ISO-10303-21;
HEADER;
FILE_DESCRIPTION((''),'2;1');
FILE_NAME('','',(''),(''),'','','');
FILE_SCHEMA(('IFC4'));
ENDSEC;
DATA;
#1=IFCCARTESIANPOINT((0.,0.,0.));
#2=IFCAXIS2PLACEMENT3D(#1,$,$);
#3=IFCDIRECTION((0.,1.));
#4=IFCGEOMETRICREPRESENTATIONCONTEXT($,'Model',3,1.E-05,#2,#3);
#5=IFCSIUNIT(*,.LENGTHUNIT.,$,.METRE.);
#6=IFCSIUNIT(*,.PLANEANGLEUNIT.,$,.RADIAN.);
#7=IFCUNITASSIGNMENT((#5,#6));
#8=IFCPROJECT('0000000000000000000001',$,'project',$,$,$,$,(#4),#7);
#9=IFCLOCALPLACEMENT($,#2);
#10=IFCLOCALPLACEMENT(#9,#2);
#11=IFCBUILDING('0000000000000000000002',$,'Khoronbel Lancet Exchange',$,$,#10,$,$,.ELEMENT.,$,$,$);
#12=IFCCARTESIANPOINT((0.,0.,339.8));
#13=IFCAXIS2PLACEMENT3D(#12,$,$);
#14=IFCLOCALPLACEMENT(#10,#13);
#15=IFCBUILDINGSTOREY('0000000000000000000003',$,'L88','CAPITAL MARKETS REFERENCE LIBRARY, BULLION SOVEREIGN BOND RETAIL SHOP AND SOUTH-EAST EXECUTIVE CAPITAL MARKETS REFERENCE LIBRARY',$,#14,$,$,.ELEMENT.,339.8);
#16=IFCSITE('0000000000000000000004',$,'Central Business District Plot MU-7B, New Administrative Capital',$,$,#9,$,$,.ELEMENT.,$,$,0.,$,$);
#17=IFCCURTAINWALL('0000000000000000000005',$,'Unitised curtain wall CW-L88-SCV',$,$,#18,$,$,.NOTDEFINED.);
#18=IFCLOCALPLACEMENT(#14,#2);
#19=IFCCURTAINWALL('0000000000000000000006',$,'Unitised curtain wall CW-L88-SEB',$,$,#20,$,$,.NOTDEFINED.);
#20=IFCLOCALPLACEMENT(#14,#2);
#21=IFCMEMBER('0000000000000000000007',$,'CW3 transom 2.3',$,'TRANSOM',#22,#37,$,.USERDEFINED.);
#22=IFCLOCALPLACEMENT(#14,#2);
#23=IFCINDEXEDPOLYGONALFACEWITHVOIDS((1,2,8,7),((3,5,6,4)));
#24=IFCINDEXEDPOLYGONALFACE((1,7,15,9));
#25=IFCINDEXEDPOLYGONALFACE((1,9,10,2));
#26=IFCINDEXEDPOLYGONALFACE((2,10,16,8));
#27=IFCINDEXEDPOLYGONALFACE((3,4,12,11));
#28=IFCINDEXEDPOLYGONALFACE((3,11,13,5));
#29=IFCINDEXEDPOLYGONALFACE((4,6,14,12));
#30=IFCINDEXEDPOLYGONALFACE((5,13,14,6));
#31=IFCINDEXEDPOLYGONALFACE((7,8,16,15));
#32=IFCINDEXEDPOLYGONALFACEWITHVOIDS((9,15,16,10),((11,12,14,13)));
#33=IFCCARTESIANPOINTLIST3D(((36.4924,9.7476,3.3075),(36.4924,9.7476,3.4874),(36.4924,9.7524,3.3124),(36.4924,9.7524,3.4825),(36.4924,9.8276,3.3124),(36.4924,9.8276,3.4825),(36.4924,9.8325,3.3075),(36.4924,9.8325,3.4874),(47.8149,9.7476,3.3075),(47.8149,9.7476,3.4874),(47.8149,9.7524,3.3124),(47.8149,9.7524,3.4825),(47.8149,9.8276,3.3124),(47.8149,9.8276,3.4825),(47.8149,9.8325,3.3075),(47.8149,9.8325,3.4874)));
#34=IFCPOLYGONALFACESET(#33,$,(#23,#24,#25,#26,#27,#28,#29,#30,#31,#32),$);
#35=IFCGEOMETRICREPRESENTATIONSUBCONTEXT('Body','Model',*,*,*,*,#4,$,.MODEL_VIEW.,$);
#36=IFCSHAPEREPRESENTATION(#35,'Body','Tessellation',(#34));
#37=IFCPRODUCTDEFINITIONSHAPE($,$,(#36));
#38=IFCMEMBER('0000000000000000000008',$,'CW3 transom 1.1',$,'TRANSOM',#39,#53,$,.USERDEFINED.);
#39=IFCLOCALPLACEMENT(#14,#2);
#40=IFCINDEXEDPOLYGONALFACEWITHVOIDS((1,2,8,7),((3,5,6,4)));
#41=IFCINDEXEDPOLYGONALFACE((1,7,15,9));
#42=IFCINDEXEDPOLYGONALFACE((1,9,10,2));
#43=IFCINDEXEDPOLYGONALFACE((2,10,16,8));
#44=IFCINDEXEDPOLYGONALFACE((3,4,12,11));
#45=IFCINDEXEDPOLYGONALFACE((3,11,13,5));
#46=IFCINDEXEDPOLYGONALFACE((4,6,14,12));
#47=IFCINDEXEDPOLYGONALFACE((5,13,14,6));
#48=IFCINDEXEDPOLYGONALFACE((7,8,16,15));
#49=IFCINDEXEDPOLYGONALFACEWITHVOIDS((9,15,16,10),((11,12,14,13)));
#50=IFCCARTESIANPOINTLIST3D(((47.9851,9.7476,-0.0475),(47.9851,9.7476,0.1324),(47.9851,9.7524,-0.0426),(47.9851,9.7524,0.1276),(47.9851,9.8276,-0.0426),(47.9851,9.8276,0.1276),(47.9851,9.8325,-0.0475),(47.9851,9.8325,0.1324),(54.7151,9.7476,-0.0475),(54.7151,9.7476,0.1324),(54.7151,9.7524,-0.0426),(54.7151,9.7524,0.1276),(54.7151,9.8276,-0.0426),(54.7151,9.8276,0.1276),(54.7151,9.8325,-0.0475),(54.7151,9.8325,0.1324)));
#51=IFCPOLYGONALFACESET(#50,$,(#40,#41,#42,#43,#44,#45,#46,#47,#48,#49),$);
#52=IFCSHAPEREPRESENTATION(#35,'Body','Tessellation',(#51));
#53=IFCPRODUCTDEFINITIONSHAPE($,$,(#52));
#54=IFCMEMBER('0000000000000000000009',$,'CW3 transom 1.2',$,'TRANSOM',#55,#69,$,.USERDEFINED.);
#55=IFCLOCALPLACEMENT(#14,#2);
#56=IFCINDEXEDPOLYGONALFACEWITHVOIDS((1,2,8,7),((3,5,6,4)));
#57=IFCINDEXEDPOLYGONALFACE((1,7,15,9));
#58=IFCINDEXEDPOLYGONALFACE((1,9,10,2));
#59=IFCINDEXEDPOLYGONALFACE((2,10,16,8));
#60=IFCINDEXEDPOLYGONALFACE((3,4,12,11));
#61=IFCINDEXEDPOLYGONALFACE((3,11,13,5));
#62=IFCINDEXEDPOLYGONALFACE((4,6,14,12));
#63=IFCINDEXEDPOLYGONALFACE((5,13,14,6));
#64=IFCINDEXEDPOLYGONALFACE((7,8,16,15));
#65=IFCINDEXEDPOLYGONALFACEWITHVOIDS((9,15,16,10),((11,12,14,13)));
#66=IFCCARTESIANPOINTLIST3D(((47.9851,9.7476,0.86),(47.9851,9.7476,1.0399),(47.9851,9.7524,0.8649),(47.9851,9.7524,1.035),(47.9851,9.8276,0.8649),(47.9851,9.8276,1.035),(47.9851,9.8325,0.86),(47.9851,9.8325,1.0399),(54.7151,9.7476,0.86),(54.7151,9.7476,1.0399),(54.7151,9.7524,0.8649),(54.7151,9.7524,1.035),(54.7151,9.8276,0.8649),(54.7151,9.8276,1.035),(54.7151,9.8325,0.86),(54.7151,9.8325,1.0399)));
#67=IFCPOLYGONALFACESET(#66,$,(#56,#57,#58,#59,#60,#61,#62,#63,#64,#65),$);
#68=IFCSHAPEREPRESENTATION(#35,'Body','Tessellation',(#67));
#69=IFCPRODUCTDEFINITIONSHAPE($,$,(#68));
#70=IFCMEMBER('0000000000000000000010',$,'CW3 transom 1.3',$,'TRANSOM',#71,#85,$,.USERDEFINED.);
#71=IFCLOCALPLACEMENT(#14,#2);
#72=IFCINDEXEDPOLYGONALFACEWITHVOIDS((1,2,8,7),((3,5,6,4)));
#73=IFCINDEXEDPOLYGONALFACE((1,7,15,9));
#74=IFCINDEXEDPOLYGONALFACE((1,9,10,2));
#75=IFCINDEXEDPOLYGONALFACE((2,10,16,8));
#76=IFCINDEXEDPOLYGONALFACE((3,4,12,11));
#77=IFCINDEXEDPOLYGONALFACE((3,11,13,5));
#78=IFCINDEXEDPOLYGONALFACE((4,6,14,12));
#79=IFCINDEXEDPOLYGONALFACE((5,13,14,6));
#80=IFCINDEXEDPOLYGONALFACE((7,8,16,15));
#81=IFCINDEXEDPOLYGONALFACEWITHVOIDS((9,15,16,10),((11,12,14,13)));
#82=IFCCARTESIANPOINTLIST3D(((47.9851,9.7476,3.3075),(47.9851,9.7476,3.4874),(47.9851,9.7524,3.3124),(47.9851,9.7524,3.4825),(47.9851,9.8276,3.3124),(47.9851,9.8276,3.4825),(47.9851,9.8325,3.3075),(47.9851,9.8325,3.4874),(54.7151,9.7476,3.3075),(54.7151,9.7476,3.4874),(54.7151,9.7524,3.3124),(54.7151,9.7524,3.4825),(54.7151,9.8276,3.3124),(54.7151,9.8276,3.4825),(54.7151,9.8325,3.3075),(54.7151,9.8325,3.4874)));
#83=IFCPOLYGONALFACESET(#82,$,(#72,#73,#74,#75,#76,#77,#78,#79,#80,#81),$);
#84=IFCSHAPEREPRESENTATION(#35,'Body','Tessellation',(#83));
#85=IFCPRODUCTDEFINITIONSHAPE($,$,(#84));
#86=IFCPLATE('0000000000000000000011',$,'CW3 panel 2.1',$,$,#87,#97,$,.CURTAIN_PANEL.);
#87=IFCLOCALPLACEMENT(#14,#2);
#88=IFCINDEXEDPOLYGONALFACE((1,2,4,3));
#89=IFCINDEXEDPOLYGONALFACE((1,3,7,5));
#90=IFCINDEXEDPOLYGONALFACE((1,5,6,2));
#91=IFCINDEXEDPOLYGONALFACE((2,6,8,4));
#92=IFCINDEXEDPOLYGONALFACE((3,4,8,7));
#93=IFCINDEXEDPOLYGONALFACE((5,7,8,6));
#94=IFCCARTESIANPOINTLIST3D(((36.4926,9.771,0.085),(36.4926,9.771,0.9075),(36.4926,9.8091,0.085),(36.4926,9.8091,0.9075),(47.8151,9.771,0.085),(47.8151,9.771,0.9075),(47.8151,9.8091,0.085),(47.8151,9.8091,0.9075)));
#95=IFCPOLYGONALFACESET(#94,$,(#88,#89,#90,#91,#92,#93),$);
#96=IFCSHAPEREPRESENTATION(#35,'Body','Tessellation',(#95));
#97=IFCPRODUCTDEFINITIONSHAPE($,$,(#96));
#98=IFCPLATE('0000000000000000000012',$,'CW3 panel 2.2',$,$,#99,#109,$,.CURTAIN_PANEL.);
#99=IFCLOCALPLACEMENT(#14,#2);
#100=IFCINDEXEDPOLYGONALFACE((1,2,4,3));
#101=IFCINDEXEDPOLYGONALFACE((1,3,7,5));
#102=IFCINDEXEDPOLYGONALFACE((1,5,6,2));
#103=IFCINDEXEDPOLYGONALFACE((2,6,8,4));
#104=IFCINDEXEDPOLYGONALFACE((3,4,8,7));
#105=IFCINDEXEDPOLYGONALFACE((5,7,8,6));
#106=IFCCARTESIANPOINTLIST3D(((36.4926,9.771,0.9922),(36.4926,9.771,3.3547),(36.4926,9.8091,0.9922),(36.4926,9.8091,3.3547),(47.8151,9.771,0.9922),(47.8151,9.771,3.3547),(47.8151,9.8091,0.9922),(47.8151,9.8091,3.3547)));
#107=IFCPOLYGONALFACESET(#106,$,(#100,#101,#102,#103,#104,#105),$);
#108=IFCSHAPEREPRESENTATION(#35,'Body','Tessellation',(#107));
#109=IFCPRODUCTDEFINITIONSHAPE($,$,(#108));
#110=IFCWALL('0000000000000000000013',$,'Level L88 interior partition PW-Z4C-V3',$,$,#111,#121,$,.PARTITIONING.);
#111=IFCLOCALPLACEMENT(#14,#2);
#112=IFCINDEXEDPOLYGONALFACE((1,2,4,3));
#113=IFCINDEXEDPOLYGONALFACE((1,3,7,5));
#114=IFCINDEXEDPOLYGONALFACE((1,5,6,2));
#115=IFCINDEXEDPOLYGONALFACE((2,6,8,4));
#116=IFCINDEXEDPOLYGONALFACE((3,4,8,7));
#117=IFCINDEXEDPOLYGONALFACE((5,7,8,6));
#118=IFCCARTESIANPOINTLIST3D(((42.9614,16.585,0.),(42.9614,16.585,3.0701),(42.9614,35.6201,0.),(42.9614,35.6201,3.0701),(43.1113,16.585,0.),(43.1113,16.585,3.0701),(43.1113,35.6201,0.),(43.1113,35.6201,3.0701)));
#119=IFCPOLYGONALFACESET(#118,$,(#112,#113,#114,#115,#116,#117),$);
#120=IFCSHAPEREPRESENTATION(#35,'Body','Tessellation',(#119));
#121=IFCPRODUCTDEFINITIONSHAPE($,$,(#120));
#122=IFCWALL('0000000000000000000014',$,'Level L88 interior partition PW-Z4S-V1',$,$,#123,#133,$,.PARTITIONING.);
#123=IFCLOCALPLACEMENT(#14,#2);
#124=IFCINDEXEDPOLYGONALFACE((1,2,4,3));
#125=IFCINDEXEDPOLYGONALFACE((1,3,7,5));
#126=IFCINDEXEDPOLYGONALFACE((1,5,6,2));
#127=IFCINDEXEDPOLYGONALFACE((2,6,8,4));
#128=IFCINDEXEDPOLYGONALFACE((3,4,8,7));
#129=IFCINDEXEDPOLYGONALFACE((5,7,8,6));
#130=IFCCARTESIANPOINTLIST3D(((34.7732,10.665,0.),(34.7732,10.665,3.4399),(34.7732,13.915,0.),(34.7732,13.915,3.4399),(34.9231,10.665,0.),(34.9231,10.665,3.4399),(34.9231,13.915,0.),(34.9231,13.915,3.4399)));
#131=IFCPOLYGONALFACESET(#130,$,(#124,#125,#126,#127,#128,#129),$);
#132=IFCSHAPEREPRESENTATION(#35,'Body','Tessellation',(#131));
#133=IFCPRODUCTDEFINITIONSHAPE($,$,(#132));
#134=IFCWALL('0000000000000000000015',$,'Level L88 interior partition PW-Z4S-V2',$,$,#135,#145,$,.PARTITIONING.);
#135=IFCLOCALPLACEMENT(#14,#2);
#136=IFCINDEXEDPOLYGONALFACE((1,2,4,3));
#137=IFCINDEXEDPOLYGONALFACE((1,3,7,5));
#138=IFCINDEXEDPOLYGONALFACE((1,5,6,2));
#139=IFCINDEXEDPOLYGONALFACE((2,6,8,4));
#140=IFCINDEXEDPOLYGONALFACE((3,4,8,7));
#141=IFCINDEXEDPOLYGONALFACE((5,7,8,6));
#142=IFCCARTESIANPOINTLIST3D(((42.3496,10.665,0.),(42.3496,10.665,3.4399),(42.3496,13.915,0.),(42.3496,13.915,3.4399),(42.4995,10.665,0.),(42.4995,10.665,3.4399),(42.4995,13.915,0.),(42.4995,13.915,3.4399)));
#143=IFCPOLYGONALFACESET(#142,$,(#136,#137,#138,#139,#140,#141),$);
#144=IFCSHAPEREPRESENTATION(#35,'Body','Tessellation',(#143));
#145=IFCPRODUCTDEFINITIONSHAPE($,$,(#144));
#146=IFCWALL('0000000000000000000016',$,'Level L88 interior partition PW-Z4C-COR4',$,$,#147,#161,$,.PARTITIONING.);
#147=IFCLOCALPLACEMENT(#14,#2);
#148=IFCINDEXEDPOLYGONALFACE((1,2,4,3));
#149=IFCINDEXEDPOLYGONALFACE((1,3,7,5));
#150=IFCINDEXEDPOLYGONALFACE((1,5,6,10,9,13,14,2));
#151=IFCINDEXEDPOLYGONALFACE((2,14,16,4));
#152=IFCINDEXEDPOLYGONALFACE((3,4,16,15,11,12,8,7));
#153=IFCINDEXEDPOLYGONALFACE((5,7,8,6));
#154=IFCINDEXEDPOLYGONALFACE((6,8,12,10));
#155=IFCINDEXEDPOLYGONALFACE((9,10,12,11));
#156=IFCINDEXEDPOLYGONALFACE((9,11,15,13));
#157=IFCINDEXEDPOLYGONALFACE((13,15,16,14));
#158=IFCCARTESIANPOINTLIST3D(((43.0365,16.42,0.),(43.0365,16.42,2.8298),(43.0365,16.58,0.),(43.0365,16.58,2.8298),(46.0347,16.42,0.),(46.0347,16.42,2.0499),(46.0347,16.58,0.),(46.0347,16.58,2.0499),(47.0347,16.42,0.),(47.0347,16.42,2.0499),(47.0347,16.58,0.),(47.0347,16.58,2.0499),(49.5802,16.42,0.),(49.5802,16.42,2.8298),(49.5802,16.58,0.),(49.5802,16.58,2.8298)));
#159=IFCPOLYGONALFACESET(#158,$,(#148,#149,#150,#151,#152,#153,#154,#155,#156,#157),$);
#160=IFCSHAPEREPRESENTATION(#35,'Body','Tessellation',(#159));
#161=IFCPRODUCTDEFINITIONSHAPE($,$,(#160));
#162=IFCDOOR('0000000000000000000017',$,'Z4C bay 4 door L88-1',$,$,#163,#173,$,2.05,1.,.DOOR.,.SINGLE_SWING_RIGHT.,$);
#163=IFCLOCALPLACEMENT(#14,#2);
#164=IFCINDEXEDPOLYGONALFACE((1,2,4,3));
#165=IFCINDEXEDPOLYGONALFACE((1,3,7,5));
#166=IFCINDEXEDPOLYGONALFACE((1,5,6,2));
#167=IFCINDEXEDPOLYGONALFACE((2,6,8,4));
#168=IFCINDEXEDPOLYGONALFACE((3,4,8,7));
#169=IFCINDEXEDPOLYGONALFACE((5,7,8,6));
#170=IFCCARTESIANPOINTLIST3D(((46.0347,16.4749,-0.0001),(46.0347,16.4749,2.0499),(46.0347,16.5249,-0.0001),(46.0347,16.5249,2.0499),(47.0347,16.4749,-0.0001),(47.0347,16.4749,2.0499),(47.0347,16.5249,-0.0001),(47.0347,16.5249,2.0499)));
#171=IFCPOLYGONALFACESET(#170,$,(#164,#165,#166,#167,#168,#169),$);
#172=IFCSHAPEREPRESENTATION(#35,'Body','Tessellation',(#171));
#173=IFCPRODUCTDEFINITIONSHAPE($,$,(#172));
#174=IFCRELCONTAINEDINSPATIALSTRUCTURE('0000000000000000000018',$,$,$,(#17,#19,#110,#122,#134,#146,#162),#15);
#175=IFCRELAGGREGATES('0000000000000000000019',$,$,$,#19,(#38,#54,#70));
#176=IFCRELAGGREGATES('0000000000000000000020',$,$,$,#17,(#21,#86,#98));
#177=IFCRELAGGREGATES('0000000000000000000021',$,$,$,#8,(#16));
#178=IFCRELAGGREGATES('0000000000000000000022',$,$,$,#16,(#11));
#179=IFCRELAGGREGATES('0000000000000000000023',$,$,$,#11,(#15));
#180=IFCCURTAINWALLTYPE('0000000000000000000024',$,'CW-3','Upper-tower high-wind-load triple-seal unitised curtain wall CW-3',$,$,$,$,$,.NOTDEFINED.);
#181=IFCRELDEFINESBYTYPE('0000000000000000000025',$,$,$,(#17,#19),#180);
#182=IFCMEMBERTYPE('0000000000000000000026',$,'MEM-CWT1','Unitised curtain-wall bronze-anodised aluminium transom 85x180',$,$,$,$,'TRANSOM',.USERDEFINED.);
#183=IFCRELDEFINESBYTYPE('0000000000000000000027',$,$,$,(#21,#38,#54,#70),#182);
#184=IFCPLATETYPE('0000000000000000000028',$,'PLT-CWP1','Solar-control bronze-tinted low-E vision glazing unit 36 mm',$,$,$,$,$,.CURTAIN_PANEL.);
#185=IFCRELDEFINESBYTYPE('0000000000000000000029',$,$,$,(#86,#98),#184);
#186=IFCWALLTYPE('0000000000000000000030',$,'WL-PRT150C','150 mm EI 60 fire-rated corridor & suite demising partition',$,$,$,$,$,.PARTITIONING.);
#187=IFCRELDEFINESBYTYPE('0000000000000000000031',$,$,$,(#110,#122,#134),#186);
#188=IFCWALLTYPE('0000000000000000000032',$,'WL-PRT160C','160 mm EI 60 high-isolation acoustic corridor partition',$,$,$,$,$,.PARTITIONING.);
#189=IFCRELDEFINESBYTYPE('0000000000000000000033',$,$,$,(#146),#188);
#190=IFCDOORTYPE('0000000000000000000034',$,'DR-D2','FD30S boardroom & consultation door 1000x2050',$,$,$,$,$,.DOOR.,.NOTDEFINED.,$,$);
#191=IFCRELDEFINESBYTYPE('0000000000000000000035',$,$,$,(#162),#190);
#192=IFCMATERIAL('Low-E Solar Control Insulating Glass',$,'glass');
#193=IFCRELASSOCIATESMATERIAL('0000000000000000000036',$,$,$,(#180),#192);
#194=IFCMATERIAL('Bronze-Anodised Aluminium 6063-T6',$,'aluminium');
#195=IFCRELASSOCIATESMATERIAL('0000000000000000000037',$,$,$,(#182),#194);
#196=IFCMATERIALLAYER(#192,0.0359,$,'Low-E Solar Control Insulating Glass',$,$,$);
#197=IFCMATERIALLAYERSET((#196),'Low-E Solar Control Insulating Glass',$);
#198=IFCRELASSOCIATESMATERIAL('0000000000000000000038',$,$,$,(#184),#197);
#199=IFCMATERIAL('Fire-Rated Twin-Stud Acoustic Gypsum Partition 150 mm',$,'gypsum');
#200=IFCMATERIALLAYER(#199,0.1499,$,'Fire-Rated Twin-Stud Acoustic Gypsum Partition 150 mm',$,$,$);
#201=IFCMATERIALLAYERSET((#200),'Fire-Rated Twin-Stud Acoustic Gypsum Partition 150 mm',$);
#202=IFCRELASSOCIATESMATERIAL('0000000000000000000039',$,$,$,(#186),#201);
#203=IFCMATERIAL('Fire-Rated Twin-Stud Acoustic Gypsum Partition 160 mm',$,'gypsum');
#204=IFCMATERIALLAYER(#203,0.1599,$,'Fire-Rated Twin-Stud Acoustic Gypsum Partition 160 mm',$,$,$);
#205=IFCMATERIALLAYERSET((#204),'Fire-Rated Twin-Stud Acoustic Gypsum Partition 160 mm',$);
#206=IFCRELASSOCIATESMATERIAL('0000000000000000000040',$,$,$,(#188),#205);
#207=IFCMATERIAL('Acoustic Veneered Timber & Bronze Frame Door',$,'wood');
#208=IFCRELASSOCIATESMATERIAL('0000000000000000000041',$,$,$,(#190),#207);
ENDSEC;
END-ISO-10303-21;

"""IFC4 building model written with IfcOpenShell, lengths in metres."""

from ifc_helpers import new_model, si_unit, direction, frame, frame_2d, origin, origin_2d, place, context, subcontext, project, spatial, rectangle, hollow_rectangle, extrude, material, layer, layer_set, material_profile, profile_set, type_object, element, fill, aggregate, save


model = new_model("IFC4")

# Units and contexts
model_context = context("Model", 3, precision=1e-05, world=origin(), true_north=direction((0.0, 1.0)))
body_context = subcontext(model_context, "Body", "Model", "MODEL_VIEW")
ifc_project = project(units=[si_unit("LENGTHUNIT", "METRE"), si_unit("PLANEANGLEUNIT", "RADIAN")], contexts=[model_context])

# Site, building, storey
site_placement = place(None, origin())
site = spatial("IfcSite", under=ifc_project, at=site_placement, Name="Central Business District Plot MU-7B, New Administrative Capital", CompositionType="ELEMENT", RefElevation=0.0)
building_placement = place(site_placement, origin())
building = spatial("IfcBuilding", under=site, at=building_placement, Name="Khoronbel Lancet Exchange", CompositionType="ELEMENT")
storey_placement = place(building_placement, frame((0.0, 0.0, 339.8)))
storey = spatial("IfcBuildingStorey", under=building, at=storey_placement, Name="L88", Description="CAPITAL MARKETS REFERENCE LIBRARY, BULLION SOVEREIGN BOND RETAIL SHOP AND SOUTH-EAST EXECUTIVE CAPITAL MARKETS REFERENCE LIBRARY", CompositionType="ELEMENT", Elevation=339.8)

# Curtain wall
ifc_material_1 = material(Name="Low-E Solar Control Insulating Glass", Category="glass")
curtain_wall_type = type_object("IfcCurtainWallType", Name="CW-3", Description="Upper-tower high-wind-load triple-seal unitised curtain wall CW-3", PredefinedType="NOTDEFINED", material=ifc_material_1)
curtain_wall_1_placement = place(storey_placement, origin())
curtain_wall_1 = element("IfcCurtainWall", 1, at=curtain_wall_1_placement, inside=storey, type_object=curtain_wall_type, Name="Unitised curtain wall CW-L88-SCV", PredefinedType="NOTDEFINED")
ifc_material_2 = material(Name="Bronze-Anodised Aluminium 6063-T6", Category="aluminium")

# Curtain wall
curtain_wall_2_placement = place(storey_placement, origin())
curtain_wall_2 = element("IfcCurtainWall", 2, at=curtain_wall_2_placement, inside=storey, type_object=curtain_wall_type, Name="Unitised curtain wall CW-L88-SEB", PredefinedType="NOTDEFINED")

# Members
ifc_material_profile_1 = material_profile(ifc_material_2, hollow_rectangle(XDim=0.085, YDim=0.1799, WallThickness=0.0049, at=origin_2d()), Name="ALU TRANSOM 85x180")
ifc_profile_set_1 = profile_set([ifc_material_profile_1], Name="Bronze-Anodised Aluminium 6063-T6")
member_type_1 = type_object("IfcMemberType", Name="MEM-CWT1", Description="Unitised curtain-wall bronze-anodised aluminium transom 85x180", ElementType="TRANSOM", PredefinedType="USERDEFINED", material=ifc_profile_set_1)
member_1_placement = place(storey_placement, frame((36.4924, 9.79, 3.3975), z_axis=(1.0, 0.0, 0.0), x_axis=(0.0, 1.0, 0.0)))
member_1 = element("IfcMember", 3, at=member_1_placement, type_object=member_type_1, Name="CW3 transom 2.3", ObjectType="TRANSOM", PredefinedType="USERDEFINED", context=body_context, shape_type="SweptSolid", body=[
    extrude(hollow_rectangle(XDim=0.085, YDim=0.1799, WallThickness=0.0049, at=origin_2d()), origin(), (0.0, 0.0, 1.0), 11.3225),
])
member_2_placement = place(storey_placement, frame((47.9851, 9.79, 0.0425), z_axis=(1.0, 0.0, 0.0), x_axis=(0.0, 1.0, 0.0)))
member_2 = element("IfcMember", 4, at=member_2_placement, type_object=member_type_1, Name="CW3 transom 1.1", ObjectType="TRANSOM", PredefinedType="USERDEFINED", context=body_context, shape_type="SweptSolid", body=[
    extrude(hollow_rectangle(XDim=0.085, YDim=0.1799, WallThickness=0.0049, at=origin_2d()), origin(), (0.0, 0.0, 1.0), 6.73),
])
member_3_placement = place(storey_placement, frame((47.9851, 9.79, 0.95), z_axis=(1.0, 0.0, 0.0), x_axis=(0.0, 1.0, 0.0)))
member_3 = element("IfcMember", 5, at=member_3_placement, type_object=member_type_1, Name="CW3 transom 1.2", ObjectType="TRANSOM", PredefinedType="USERDEFINED", context=body_context, shape_type="SweptSolid", body=[
    extrude(hollow_rectangle(XDim=0.085, YDim=0.1799, WallThickness=0.0049, at=origin_2d()), origin(), (0.0, 0.0, 1.0), 6.73),
])
member_4_placement = place(storey_placement, frame((47.9851, 9.79, 3.3975), z_axis=(1.0, 0.0, 0.0), x_axis=(0.0, 1.0, 0.0)))
member_4 = element("IfcMember", 6, at=member_4_placement, type_object=member_type_1, Name="CW3 transom 1.3", ObjectType="TRANSOM", PredefinedType="USERDEFINED", context=body_context, shape_type="SweptSolid", body=[
    extrude(hollow_rectangle(XDim=0.085, YDim=0.1799, WallThickness=0.0049, at=origin_2d()), origin(), (0.0, 0.0, 1.0), 6.73),
])
aggregate(curtain_wall_2, [member_2, member_3, member_4])

# Plates
ifc_layer_1 = layer(ifc_material_1, 0.0359, Name="Low-E Solar Control Insulating Glass")
ifc_layer_set_1 = layer_set([ifc_layer_1], Name="Low-E Solar Control Insulating Glass")
plate_type = type_object("IfcPlateType", Name="PLT-CWP1", Description="Solar-control bronze-tinted low-E vision glazing unit 36 mm", PredefinedType="CURTAIN_PANEL", material=ifc_layer_set_1)
plate_1_placement = place(storey_placement, frame((42.1538, 9.79, 0.085), z_axis=(0.0, 0.0, 1.0), x_axis=(1.0, 0.0, 0.0)))
plate_1 = element("IfcPlate", 7, at=plate_1_placement, type_object=plate_type, Name="CW3 panel 2.1", PredefinedType="CURTAIN_PANEL", context=body_context, shape_type="SweptSolid", body=[
    extrude(rectangle(XDim=11.3225, YDim=0.0381, at=origin_2d()), origin(), (0.0, 0.0, 1.0), 0.8225),
])
plate_2_placement = place(storey_placement, frame((42.1538, 9.79, 0.9922), z_axis=(0.0, 0.0, 1.0), x_axis=(1.0, 0.0, 0.0)))
plate_2 = element("IfcPlate", 8, at=plate_2_placement, type_object=plate_type, Name="CW3 panel 2.2", PredefinedType="CURTAIN_PANEL", context=body_context, shape_type="SweptSolid", body=[
    extrude(rectangle(XDim=11.3225, YDim=0.0381, at=origin_2d()), origin(), (0.0, 0.0, 1.0), 2.3625),
])
aggregate(curtain_wall_1, [member_1, plate_1, plate_2])

# Walls
ifc_material_3 = material(Name="Fire-Rated Twin-Stud Acoustic Gypsum Partition 150 mm", Category="gypsum")
ifc_layer_2 = layer(ifc_material_3, 0.1499, Name="Fire-Rated Twin-Stud Acoustic Gypsum Partition 150 mm")
ifc_layer_set_2 = layer_set([ifc_layer_2], Name="Fire-Rated Twin-Stud Acoustic Gypsum Partition 150 mm")
wall_type_1 = type_object("IfcWallType", Name="WL-PRT150C", Description="150 mm EI 60 fire-rated corridor & suite demising partition", PredefinedType="PARTITIONING", material=ifc_layer_set_2)
wall_1_placement = place(storey_placement, frame((43.0364, 16.585, 0.0), z_axis=(0.0, 0.0, 1.0), x_axis=(0.0, 1.0, 0.0)))
element("IfcWall", 9, at=wall_1_placement, inside=storey, type_object=wall_type_1, Name="Level L88 interior partition PW-Z4C-V3", PredefinedType="PARTITIONING", context=body_context, shape_type="SweptSolid", body=[
    extrude(rectangle(XDim=19.0352, YDim=0.1499, at=frame_2d((9.5176, 0.0))), origin(), (0.0, 0.0, 1.0), 3.0701),
])
for number, where, z_axis, x_axis, name in (
    (10, (34.8481, 10.665, 0.0), (0.0, 0.0, 1.0), (0.0, 1.0, 0.0), "Level L88 interior partition PW-Z4S-V1"),
    (11, (42.4246, 10.665, 0.0), (0.0, 0.0, 1.0), (0.0, 1.0, 0.0), "Level L88 interior partition PW-Z4S-V2"),
):
    element("IfcWall", number, at=place(storey_placement, frame(where, z_axis=z_axis, x_axis=x_axis)), inside=storey, type_object=wall_type_1, Name=name, PredefinedType="PARTITIONING", context=body_context, shape_type="SweptSolid", body=[
        extrude(rectangle(XDim=3.25, YDim=0.1499, at=frame_2d((1.625, 0.0))), origin(), (0.0, 0.0, 1.0), 3.4399),
    ])

# Wall, opening, door
ifc_material_4 = material(Name="Fire-Rated Twin-Stud Acoustic Gypsum Partition 160 mm", Category="gypsum")
ifc_layer_3 = layer(ifc_material_4, 0.1599, Name="Fire-Rated Twin-Stud Acoustic Gypsum Partition 160 mm")
ifc_layer_set_3 = layer_set([ifc_layer_3], Name="Fire-Rated Twin-Stud Acoustic Gypsum Partition 160 mm")
wall_type_2 = type_object("IfcWallType", Name="WL-PRT160C", Description="160 mm EI 60 high-isolation acoustic corridor partition", PredefinedType="PARTITIONING", material=ifc_layer_set_3)
wall_2_placement = place(storey_placement, frame((43.0364, 16.5, 0.0), z_axis=(0.0, 0.0, 1.0), x_axis=(1.0, 0.0, 0.0)))
wall_2 = element("IfcWall", 12, at=wall_2_placement, inside=storey, type_object=wall_type_2, Name="Level L88 interior partition PW-Z4C-COR4", PredefinedType="PARTITIONING", context=body_context, shape_type="SweptSolid", body=[
    extrude(rectangle(XDim=6.5437, YDim=0.1599, at=frame_2d((3.272, 0.0))), origin(), (0.0, 0.0, 1.0), 2.8298),
])
opening_1_placement = place(wall_2_placement, frame((2.9983, 0.0, 0.0)))
opening_1 = element("IfcOpeningElement", 13, at=opening_1_placement, cuts=wall_2, PredefinedType="OPENING", context=body_context, shape_type="SweptSolid", body=[
    extrude(rectangle(XDim=1.0, YDim=2.05, at=frame_2d((0.5, 1.0249))), frame((0.0, 0.0898, 0.0), z_axis=(0.0, -1.0, 0.0), x_axis=(1.0, 0.0, 0.0)), (0.0, 0.0, 1.0), 0.1799),
])
ifc_material_5 = material(Name="Acoustic Veneered Timber & Bronze Frame Door", Category="wood")
door_type = type_object("IfcDoorType", Name="DR-D2", Description="FD30S boardroom & consultation door 1000x2050", OperationType="NOTDEFINED", PredefinedType="DOOR", material=ifc_material_5)
door_1_placement = place(opening_1_placement, origin())
door_1 = element("IfcDoor", 14, at=door_1_placement, inside=storey, type_object=door_type, Name="Z4C bay 4 door L88-1", OperationType="SINGLE_SWING_RIGHT", OverallHeight=2.05, OverallWidth=1.0, PredefinedType="DOOR", context=body_context, shape_type="SweptSolid", body=[
    extrude(rectangle(XDim=1.0, YDim=2.05, at=frame_2d((0.5, 1.0249))), frame((0.0, 0.0249, 0.0), z_axis=(0.0, -1.0, 0.0), x_axis=(1.0, 0.0, 0.0)), (0.0, 0.0, 1.0), 0.05),
])
fill(opening_1, door_1)

save(model, "model.ifc")
